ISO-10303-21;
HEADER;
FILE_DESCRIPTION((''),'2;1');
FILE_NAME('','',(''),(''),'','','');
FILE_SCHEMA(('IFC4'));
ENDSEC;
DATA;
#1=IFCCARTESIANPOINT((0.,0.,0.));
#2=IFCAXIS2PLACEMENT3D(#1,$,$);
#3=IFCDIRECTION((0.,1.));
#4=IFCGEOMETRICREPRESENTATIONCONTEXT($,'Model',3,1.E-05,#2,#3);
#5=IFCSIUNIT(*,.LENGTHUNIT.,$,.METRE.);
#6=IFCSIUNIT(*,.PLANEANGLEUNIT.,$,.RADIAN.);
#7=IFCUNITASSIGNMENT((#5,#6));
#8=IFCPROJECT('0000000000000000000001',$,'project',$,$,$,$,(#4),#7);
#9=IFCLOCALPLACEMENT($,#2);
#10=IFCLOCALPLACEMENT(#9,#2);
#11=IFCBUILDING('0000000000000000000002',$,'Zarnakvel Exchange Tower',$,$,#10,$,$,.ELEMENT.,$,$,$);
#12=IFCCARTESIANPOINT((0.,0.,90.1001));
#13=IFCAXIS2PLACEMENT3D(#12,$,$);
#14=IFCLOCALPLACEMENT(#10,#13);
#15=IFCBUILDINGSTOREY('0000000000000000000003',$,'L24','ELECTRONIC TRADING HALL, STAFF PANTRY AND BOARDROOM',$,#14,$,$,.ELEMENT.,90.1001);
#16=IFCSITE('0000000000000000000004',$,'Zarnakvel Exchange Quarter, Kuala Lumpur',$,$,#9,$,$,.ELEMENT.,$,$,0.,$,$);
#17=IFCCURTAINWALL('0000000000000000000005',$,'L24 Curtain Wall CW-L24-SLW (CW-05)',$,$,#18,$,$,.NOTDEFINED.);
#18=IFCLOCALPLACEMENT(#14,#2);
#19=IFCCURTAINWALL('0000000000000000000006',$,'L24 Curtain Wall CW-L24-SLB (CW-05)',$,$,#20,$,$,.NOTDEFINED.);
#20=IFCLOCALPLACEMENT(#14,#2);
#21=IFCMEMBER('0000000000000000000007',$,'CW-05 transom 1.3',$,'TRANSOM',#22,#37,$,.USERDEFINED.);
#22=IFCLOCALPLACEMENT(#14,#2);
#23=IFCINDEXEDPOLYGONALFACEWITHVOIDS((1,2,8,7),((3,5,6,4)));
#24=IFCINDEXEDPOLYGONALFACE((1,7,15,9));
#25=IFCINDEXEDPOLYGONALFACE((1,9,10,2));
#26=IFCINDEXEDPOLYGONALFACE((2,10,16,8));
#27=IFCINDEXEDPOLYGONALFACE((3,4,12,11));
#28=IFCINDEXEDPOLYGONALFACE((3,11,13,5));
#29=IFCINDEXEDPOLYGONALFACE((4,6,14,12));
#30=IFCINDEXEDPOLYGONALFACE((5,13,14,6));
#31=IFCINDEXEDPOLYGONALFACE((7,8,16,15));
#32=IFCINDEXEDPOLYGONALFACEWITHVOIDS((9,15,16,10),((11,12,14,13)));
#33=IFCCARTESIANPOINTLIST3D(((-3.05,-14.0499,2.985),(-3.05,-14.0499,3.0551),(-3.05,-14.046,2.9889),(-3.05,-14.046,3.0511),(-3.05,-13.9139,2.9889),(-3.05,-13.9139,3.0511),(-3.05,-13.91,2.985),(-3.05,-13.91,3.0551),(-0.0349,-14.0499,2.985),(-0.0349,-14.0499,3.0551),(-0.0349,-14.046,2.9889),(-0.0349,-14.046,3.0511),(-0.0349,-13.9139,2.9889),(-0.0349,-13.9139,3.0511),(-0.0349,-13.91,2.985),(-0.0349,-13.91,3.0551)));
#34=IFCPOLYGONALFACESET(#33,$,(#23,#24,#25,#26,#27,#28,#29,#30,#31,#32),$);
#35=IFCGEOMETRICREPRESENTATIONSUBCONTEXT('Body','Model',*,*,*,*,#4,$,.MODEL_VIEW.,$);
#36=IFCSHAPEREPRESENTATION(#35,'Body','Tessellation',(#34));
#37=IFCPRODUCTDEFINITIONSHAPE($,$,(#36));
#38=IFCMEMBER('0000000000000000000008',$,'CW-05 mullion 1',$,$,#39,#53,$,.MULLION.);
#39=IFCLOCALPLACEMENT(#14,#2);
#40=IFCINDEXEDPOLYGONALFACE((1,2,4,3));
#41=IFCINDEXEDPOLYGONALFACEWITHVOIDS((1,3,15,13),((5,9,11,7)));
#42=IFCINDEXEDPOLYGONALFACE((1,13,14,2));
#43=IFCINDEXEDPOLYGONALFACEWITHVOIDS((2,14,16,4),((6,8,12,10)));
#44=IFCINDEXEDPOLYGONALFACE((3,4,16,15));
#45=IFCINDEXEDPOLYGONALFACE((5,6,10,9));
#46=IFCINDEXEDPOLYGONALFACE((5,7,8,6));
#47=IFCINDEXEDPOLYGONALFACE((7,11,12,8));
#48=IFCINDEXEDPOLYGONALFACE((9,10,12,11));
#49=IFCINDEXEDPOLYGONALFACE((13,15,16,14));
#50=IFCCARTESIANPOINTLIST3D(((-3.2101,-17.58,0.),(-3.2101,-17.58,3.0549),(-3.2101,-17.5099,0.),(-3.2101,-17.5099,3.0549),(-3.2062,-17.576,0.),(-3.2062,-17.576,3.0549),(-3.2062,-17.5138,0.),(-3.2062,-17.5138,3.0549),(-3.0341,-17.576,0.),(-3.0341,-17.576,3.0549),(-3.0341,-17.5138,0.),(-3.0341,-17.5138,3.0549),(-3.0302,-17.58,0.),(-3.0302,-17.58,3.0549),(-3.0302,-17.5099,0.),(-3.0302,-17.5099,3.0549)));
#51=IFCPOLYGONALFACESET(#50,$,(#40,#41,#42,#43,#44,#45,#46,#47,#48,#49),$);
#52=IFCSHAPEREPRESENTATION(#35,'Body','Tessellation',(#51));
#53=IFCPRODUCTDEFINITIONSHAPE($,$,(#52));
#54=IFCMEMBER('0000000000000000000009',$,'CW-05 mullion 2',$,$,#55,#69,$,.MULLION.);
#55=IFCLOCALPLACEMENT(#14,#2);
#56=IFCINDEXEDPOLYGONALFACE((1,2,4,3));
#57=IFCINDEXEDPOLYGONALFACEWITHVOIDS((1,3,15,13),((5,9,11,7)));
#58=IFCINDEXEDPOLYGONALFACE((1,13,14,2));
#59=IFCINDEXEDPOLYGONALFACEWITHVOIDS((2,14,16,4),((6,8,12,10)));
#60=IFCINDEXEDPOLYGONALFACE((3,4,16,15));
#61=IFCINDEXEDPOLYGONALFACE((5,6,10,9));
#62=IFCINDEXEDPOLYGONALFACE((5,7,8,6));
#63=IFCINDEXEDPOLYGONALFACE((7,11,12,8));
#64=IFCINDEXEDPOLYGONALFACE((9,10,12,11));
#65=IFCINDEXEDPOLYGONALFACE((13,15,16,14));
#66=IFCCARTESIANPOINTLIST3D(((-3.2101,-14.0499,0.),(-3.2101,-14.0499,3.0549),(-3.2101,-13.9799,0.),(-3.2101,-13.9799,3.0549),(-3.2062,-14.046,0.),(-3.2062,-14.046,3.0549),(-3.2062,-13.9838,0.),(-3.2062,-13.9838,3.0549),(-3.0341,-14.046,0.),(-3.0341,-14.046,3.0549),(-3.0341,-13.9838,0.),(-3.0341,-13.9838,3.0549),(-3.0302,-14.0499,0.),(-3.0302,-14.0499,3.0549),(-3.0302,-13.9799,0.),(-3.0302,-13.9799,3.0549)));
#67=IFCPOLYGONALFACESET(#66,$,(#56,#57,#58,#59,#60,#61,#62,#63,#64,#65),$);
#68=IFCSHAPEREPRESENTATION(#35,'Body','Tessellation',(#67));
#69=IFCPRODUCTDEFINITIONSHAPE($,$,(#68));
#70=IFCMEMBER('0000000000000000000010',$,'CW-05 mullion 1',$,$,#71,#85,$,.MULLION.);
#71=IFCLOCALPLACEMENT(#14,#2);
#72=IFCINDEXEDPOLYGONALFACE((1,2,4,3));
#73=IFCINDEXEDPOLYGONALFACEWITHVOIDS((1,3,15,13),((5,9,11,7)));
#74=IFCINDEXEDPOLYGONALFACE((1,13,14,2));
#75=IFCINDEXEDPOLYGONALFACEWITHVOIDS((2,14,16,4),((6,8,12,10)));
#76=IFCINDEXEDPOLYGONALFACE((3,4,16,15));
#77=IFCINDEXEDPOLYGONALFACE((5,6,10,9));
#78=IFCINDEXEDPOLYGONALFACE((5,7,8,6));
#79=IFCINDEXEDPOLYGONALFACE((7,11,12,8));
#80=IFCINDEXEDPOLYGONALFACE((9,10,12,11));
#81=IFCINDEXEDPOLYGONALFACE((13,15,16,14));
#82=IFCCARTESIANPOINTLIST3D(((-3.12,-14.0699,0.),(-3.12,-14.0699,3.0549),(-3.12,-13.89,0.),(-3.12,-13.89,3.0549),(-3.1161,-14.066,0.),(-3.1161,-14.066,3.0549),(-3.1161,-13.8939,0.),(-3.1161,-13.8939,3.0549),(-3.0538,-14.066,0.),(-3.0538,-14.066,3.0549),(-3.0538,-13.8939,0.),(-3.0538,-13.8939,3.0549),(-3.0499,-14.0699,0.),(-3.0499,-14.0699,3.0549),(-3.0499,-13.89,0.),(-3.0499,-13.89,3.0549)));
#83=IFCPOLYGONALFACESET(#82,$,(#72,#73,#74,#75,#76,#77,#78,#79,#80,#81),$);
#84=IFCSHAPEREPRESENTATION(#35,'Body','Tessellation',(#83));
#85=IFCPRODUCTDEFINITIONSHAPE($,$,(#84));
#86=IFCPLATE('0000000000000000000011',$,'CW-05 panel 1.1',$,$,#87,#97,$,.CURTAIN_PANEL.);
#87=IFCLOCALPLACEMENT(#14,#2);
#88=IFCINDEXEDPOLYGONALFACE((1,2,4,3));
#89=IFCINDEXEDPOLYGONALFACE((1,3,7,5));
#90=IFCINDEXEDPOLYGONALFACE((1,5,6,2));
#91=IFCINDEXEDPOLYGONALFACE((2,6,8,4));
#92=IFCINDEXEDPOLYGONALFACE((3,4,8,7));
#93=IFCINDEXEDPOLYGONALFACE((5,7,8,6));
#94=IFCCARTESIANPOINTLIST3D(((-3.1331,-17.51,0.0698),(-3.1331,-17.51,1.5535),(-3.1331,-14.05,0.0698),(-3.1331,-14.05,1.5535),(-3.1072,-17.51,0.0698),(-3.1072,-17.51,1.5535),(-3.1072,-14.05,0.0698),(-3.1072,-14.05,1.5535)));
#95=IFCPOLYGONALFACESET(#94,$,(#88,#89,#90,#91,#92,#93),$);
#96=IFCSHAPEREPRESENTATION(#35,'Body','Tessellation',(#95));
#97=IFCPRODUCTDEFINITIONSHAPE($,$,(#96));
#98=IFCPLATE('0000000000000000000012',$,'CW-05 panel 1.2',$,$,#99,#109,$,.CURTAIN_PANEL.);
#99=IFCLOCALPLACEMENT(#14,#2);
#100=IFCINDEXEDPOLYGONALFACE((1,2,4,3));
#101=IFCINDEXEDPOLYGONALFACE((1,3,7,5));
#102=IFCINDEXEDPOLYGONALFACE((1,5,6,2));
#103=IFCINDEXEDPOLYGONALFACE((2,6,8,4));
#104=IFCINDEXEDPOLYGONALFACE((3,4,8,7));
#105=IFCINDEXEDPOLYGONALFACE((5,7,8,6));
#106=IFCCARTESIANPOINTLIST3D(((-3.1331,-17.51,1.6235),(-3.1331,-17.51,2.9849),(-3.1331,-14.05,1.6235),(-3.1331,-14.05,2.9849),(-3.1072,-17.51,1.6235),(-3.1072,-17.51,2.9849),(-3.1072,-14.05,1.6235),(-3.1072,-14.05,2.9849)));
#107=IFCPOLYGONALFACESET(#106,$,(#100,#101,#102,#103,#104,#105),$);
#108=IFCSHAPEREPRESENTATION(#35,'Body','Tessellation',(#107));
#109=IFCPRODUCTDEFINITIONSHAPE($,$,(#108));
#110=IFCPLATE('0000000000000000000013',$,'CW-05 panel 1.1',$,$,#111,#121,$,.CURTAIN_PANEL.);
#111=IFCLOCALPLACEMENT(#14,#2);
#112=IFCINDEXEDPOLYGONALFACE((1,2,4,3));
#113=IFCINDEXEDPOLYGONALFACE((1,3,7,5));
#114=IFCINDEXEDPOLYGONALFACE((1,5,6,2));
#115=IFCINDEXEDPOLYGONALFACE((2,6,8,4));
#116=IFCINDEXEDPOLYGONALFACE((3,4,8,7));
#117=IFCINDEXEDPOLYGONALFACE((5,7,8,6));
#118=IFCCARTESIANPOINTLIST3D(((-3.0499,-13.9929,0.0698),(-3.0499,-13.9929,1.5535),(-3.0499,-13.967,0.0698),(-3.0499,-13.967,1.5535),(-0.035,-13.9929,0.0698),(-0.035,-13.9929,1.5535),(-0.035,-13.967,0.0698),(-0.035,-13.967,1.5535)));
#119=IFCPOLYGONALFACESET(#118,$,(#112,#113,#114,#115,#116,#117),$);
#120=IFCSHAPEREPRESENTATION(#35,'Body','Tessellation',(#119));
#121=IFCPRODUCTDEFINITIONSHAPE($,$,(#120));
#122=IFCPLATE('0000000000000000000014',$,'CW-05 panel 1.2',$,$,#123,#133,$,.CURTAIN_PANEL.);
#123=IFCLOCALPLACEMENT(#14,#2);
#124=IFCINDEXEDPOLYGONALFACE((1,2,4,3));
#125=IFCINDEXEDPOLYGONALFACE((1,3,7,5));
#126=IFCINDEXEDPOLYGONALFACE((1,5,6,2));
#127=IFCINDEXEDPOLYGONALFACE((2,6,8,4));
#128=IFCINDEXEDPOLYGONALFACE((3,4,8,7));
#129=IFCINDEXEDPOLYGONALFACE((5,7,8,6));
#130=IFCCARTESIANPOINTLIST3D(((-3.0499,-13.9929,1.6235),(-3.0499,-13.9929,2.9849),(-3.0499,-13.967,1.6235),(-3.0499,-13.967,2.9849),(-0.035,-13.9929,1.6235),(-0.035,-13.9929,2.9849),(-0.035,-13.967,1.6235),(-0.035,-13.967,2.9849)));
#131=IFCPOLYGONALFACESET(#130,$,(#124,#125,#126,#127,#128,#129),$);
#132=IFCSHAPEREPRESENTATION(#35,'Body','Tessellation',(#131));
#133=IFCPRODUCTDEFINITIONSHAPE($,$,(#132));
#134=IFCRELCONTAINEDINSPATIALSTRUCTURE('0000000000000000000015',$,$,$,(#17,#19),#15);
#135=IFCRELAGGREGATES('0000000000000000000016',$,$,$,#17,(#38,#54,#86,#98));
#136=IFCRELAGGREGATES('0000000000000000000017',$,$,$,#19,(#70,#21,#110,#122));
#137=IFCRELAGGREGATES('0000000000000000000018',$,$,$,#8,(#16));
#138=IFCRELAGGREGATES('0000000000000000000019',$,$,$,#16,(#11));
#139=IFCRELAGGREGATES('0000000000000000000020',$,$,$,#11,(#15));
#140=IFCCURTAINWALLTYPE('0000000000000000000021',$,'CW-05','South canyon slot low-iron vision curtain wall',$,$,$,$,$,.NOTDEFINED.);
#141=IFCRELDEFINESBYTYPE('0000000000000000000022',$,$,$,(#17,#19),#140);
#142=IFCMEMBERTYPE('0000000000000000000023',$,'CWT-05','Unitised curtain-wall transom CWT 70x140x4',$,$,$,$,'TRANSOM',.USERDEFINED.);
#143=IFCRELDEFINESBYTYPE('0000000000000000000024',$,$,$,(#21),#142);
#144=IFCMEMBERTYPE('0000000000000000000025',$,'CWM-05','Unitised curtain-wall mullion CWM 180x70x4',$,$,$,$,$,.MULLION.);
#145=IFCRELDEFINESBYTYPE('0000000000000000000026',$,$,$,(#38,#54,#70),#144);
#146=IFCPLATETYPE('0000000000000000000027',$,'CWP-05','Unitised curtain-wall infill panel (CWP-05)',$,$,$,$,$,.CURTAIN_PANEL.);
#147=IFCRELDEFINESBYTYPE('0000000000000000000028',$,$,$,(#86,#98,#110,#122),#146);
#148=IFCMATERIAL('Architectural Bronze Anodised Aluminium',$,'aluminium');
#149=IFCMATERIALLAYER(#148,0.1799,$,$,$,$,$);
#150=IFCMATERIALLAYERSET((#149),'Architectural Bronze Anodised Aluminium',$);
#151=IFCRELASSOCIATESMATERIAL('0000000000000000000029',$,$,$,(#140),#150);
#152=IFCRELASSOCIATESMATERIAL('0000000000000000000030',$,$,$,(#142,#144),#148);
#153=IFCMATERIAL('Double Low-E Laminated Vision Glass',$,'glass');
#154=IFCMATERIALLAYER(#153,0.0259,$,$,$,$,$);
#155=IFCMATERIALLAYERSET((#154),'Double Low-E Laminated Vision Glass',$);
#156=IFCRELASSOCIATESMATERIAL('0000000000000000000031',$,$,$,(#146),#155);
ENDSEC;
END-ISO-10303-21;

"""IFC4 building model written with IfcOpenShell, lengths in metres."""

from ifc_helpers import new_model, si_unit, direction, frame, origin, origin_2d, place, context, subcontext, project, spatial, rectangle, hollow_rectangle, extrude, source, transform, mapped, material, layer, layer_set, material_profile, profile_set, type_object, element, aggregate, save


model = new_model("IFC4")

# Units and contexts
model_context = context("Model", 3, precision=1e-05, world=origin(), true_north=direction((0.0, 1.0)))
body_context = subcontext(model_context, "Body", "Model", "MODEL_VIEW")
ifc_project = project(units=[si_unit("LENGTHUNIT", "METRE"), si_unit("PLANEANGLEUNIT", "RADIAN")], contexts=[model_context])

# Site, building, storey
site_placement = place(None, origin())
site = spatial("IfcSite", under=ifc_project, at=site_placement, Name="Zarnakvel Exchange Quarter, Kuala Lumpur", CompositionType="ELEMENT", RefElevation=0.0)
building_placement = place(site_placement, origin())
building = spatial("IfcBuilding", under=site, at=building_placement, Name="Zarnakvel Exchange Tower", CompositionType="ELEMENT")
storey_placement = place(building_placement, frame((0.0, 0.0, 90.1001)))
storey = spatial("IfcBuildingStorey", under=building, at=storey_placement, Name="L24", Description="ELECTRONIC TRADING HALL, STAFF PANTRY AND BOARDROOM", CompositionType="ELEMENT", Elevation=90.1001)

# Curtain walls, member
ifc_material_1 = material(Name="Architectural Bronze Anodised Aluminium", Category="aluminium")
ifc_layer_1 = layer(ifc_material_1, 0.1799)
ifc_layer_set_1 = layer_set([ifc_layer_1], Name="Architectural Bronze Anodised Aluminium")
curtain_wall_type = type_object("IfcCurtainWallType", Name="CW-05", Description="South canyon slot low-iron vision curtain wall", PredefinedType="NOTDEFINED", material=ifc_layer_set_1)
curtain_wall_1_placement = place(storey_placement, origin())
curtain_wall_1 = element("IfcCurtainWall", 1, at=curtain_wall_1_placement, inside=storey, type_object=curtain_wall_type, Name="L24 Curtain Wall CW-L24-SLW (CW-05)", PredefinedType="NOTDEFINED")
ifc_material_profile_1 = material_profile(ifc_material_1, hollow_rectangle(XDim=0.1399, YDim=0.0701, WallThickness=0.0039, at=origin_2d()))
ifc_profile_set_1 = profile_set([ifc_material_profile_1], Name="Architectural Bronze Anodised Aluminium")
member_type_1 = type_object("IfcMemberType", Name="CWT-05", Description="Unitised curtain-wall transom CWT 70x140x4", ElementType="TRANSOM", PredefinedType="USERDEFINED", material=ifc_profile_set_1)
curtain_wall_2_placement = place(storey_placement, origin())
curtain_wall_2 = element("IfcCurtainWall", 2, at=curtain_wall_2_placement, inside=storey, type_object=curtain_wall_type, Name="L24 Curtain Wall CW-L24-SLB (CW-05)", PredefinedType="NOTDEFINED")
shared_shape_1 = source(origin(), body_context, "Body", "SweptSolid", [
    extrude(hollow_rectangle(XDim=0.1399, YDim=0.0701, WallThickness=0.0039, at=origin_2d()), origin(), (0.0, 0.0, 1.0), 3.0151),
])
member_1_placement = place(storey_placement, frame((-3.05, -13.98, 3.02), z_axis=(1.0, 0.0, 0.0), x_axis=(0.0, 1.0, 0.0)))
member_1 = element("IfcMember", 3, at=member_1_placement, type_object=member_type_1, Name="CW-05 transom 1.3", ObjectType="TRANSOM", PredefinedType="USERDEFINED", context=body_context, shape_type="MappedRepresentation", body=[
    mapped(shared_shape_1, transform((0.0, 0.0, 0.0), x_axis=(1.0, 0.0, 0.0), y_axis=(0.0, 1.0, 0.0), z_axis=(0.0, 0.0, 1.0), scale=1.0)),
])

# Members
ifc_material_profile_2 = material_profile(ifc_material_1, hollow_rectangle(XDim=0.1799, YDim=0.0701, WallThickness=0.0039, at=origin_2d()))
ifc_profile_set_2 = profile_set([ifc_material_profile_2], Name="Architectural Bronze Anodised Aluminium")
member_type_2 = type_object("IfcMemberType", Name="CWM-05", Description="Unitised curtain-wall mullion CWM 180x70x4", PredefinedType="MULLION", material=ifc_profile_set_2)
shared_shape_2 = source(origin(), body_context, "Body", "SweptSolid", [
    extrude(hollow_rectangle(XDim=0.1799, YDim=0.0701, WallThickness=0.0039, at=origin_2d()), origin(), (0.0, 0.0, 1.0), 3.0549),
])
member_2_placement = place(storey_placement, frame((-3.1201, -17.5449, 0.0), z_axis=(0.0, 0.0, 1.0), x_axis=(-1.0, 0.0, 0.0)))
member_2 = element("IfcMember", 4, at=member_2_placement, type_object=member_type_2, Name="CW-05 mullion 1", PredefinedType="MULLION", context=body_context, shape_type="MappedRepresentation", body=[
    mapped(shared_shape_2, transform((0.0, 0.0, 0.0), x_axis=(1.0, 0.0, 0.0), y_axis=(0.0, 1.0, 0.0), z_axis=(0.0, 0.0, 1.0), scale=1.0)),
])
member_3_placement = place(storey_placement, frame((-3.1201, -14.0149, 0.0), z_axis=(0.0, 0.0, 1.0), x_axis=(-1.0, 0.0, 0.0)))
member_3 = element("IfcMember", 5, at=member_3_placement, type_object=member_type_2, Name="CW-05 mullion 2", PredefinedType="MULLION", context=body_context, shape_type="MappedRepresentation", body=[
    mapped(shared_shape_2, transform((0.0, 0.0, 0.0), x_axis=(1.0, 0.0, 0.0), y_axis=(0.0, 1.0, 0.0), z_axis=(0.0, 0.0, 1.0), scale=1.0)),
])
member_4_placement = place(storey_placement, frame((-3.085, -13.98, 0.0), z_axis=(0.0, 0.0, 1.0), x_axis=(0.0, 1.0, 0.0)))
member_4 = element("IfcMember", 6, at=member_4_placement, type_object=member_type_2, Name="CW-05 mullion 1", PredefinedType="MULLION", context=body_context, shape_type="MappedRepresentation", body=[
    mapped(shared_shape_2, transform((0.0, 0.0, 0.0), x_axis=(1.0, 0.0, 0.0), y_axis=(0.0, 1.0, 0.0), z_axis=(0.0, 0.0, 1.0), scale=1.0)),
])

# Plates
ifc_material_2 = material(Name="Double Low-E Laminated Vision Glass", Category="glass")
ifc_layer_2 = layer(ifc_material_2, 0.0259)
ifc_layer_set_2 = layer_set([ifc_layer_2], Name="Double Low-E Laminated Vision Glass")
plate_type = type_object("IfcPlateType", Name="CWP-05", Description="Unitised curtain-wall infill panel (CWP-05)", PredefinedType="CURTAIN_PANEL", material=ifc_layer_set_2)
shared_shape_3 = source(origin(), body_context, "Body", "SweptSolid", [
    extrude(rectangle(XDim=3.46, YDim=0.0259, at=origin_2d()), origin(), (0.0, 0.0, 1.0), 1.4836),
])
plate_1_placement = place(storey_placement, frame((-3.1201, -15.78, 0.0698), z_axis=(0.0, 0.0, 1.0), x_axis=(0.0, 1.0, 0.0)))
plate_1 = element("IfcPlate", 7, at=plate_1_placement, type_object=plate_type, Name="CW-05 panel 1.1", PredefinedType="CURTAIN_PANEL", context=body_context, shape_type="MappedRepresentation", body=[
    mapped(shared_shape_3, transform((0.0, 0.0, 0.0), x_axis=(1.0, 0.0, 0.0), y_axis=(0.0, 1.0, 0.0), z_axis=(0.0, 0.0, 1.0), scale=1.0)),
])
shared_shape_4 = source(origin(), body_context, "Body", "SweptSolid", [
    extrude(rectangle(XDim=3.46, YDim=0.0259, at=origin_2d()), origin(), (0.0, 0.0, 1.0), 1.3613),
])
plate_2_placement = place(storey_placement, frame((-3.1201, -15.78, 1.6235), z_axis=(0.0, 0.0, 1.0), x_axis=(0.0, 1.0, 0.0)))
plate_2 = element("IfcPlate", 8, at=plate_2_placement, type_object=plate_type, Name="CW-05 panel 1.2", PredefinedType="CURTAIN_PANEL", context=body_context, shape_type="MappedRepresentation", body=[
    mapped(shared_shape_4, transform((0.0, 0.0, 0.0), x_axis=(1.0, 0.0, 0.0), y_axis=(0.0, 1.0, 0.0), z_axis=(0.0, 0.0, 1.0), scale=1.0)),
])
aggregate(curtain_wall_1, [member_2, member_3, plate_1, plate_2])
shared_shape_5 = source(origin(), body_context, "Body", "SweptSolid", [
    extrude(rectangle(XDim=3.0149, YDim=0.0259, at=origin_2d()), origin(), (0.0, 0.0, 1.0), 1.4836),
])
plate_3_placement = place(storey_placement, frame((-1.5425, -13.98, 0.0698), z_axis=(0.0, 0.0, 1.0), x_axis=(1.0, 0.0, 0.0)))
plate_3 = element("IfcPlate", 9, at=plate_3_placement, type_object=plate_type, Name="CW-05 panel 1.1", PredefinedType="CURTAIN_PANEL", context=body_context, shape_type="MappedRepresentation", body=[
    mapped(shared_shape_5, transform((0.0, 0.0, 0.0), x_axis=(1.0, 0.0, 0.0), y_axis=(0.0, 1.0, 0.0), z_axis=(0.0, 0.0, 1.0), scale=1.0)),
])
shared_shape_6 = source(origin(), body_context, "Body", "SweptSolid", [
    extrude(rectangle(XDim=3.0149, YDim=0.0259, at=origin_2d()), origin(), (0.0, 0.0, 1.0), 1.3613),
])
plate_4_placement = place(storey_placement, frame((-1.5425, -13.98, 1.6235), z_axis=(0.0, 0.0, 1.0), x_axis=(1.0, 0.0, 0.0)))
plate_4 = element("IfcPlate", 10, at=plate_4_placement, type_object=plate_type, Name="CW-05 panel 1.2", PredefinedType="CURTAIN_PANEL", context=body_context, shape_type="MappedRepresentation", body=[
    mapped(shared_shape_6, transform((0.0, 0.0, 0.0), x_axis=(1.0, 0.0, 0.0), y_axis=(0.0, 1.0, 0.0), z_axis=(0.0, 0.0, 1.0), scale=1.0)),
])
aggregate(curtain_wall_2, [member_4, member_1, plate_3, plate_4])

save(model, "model.ifc")
